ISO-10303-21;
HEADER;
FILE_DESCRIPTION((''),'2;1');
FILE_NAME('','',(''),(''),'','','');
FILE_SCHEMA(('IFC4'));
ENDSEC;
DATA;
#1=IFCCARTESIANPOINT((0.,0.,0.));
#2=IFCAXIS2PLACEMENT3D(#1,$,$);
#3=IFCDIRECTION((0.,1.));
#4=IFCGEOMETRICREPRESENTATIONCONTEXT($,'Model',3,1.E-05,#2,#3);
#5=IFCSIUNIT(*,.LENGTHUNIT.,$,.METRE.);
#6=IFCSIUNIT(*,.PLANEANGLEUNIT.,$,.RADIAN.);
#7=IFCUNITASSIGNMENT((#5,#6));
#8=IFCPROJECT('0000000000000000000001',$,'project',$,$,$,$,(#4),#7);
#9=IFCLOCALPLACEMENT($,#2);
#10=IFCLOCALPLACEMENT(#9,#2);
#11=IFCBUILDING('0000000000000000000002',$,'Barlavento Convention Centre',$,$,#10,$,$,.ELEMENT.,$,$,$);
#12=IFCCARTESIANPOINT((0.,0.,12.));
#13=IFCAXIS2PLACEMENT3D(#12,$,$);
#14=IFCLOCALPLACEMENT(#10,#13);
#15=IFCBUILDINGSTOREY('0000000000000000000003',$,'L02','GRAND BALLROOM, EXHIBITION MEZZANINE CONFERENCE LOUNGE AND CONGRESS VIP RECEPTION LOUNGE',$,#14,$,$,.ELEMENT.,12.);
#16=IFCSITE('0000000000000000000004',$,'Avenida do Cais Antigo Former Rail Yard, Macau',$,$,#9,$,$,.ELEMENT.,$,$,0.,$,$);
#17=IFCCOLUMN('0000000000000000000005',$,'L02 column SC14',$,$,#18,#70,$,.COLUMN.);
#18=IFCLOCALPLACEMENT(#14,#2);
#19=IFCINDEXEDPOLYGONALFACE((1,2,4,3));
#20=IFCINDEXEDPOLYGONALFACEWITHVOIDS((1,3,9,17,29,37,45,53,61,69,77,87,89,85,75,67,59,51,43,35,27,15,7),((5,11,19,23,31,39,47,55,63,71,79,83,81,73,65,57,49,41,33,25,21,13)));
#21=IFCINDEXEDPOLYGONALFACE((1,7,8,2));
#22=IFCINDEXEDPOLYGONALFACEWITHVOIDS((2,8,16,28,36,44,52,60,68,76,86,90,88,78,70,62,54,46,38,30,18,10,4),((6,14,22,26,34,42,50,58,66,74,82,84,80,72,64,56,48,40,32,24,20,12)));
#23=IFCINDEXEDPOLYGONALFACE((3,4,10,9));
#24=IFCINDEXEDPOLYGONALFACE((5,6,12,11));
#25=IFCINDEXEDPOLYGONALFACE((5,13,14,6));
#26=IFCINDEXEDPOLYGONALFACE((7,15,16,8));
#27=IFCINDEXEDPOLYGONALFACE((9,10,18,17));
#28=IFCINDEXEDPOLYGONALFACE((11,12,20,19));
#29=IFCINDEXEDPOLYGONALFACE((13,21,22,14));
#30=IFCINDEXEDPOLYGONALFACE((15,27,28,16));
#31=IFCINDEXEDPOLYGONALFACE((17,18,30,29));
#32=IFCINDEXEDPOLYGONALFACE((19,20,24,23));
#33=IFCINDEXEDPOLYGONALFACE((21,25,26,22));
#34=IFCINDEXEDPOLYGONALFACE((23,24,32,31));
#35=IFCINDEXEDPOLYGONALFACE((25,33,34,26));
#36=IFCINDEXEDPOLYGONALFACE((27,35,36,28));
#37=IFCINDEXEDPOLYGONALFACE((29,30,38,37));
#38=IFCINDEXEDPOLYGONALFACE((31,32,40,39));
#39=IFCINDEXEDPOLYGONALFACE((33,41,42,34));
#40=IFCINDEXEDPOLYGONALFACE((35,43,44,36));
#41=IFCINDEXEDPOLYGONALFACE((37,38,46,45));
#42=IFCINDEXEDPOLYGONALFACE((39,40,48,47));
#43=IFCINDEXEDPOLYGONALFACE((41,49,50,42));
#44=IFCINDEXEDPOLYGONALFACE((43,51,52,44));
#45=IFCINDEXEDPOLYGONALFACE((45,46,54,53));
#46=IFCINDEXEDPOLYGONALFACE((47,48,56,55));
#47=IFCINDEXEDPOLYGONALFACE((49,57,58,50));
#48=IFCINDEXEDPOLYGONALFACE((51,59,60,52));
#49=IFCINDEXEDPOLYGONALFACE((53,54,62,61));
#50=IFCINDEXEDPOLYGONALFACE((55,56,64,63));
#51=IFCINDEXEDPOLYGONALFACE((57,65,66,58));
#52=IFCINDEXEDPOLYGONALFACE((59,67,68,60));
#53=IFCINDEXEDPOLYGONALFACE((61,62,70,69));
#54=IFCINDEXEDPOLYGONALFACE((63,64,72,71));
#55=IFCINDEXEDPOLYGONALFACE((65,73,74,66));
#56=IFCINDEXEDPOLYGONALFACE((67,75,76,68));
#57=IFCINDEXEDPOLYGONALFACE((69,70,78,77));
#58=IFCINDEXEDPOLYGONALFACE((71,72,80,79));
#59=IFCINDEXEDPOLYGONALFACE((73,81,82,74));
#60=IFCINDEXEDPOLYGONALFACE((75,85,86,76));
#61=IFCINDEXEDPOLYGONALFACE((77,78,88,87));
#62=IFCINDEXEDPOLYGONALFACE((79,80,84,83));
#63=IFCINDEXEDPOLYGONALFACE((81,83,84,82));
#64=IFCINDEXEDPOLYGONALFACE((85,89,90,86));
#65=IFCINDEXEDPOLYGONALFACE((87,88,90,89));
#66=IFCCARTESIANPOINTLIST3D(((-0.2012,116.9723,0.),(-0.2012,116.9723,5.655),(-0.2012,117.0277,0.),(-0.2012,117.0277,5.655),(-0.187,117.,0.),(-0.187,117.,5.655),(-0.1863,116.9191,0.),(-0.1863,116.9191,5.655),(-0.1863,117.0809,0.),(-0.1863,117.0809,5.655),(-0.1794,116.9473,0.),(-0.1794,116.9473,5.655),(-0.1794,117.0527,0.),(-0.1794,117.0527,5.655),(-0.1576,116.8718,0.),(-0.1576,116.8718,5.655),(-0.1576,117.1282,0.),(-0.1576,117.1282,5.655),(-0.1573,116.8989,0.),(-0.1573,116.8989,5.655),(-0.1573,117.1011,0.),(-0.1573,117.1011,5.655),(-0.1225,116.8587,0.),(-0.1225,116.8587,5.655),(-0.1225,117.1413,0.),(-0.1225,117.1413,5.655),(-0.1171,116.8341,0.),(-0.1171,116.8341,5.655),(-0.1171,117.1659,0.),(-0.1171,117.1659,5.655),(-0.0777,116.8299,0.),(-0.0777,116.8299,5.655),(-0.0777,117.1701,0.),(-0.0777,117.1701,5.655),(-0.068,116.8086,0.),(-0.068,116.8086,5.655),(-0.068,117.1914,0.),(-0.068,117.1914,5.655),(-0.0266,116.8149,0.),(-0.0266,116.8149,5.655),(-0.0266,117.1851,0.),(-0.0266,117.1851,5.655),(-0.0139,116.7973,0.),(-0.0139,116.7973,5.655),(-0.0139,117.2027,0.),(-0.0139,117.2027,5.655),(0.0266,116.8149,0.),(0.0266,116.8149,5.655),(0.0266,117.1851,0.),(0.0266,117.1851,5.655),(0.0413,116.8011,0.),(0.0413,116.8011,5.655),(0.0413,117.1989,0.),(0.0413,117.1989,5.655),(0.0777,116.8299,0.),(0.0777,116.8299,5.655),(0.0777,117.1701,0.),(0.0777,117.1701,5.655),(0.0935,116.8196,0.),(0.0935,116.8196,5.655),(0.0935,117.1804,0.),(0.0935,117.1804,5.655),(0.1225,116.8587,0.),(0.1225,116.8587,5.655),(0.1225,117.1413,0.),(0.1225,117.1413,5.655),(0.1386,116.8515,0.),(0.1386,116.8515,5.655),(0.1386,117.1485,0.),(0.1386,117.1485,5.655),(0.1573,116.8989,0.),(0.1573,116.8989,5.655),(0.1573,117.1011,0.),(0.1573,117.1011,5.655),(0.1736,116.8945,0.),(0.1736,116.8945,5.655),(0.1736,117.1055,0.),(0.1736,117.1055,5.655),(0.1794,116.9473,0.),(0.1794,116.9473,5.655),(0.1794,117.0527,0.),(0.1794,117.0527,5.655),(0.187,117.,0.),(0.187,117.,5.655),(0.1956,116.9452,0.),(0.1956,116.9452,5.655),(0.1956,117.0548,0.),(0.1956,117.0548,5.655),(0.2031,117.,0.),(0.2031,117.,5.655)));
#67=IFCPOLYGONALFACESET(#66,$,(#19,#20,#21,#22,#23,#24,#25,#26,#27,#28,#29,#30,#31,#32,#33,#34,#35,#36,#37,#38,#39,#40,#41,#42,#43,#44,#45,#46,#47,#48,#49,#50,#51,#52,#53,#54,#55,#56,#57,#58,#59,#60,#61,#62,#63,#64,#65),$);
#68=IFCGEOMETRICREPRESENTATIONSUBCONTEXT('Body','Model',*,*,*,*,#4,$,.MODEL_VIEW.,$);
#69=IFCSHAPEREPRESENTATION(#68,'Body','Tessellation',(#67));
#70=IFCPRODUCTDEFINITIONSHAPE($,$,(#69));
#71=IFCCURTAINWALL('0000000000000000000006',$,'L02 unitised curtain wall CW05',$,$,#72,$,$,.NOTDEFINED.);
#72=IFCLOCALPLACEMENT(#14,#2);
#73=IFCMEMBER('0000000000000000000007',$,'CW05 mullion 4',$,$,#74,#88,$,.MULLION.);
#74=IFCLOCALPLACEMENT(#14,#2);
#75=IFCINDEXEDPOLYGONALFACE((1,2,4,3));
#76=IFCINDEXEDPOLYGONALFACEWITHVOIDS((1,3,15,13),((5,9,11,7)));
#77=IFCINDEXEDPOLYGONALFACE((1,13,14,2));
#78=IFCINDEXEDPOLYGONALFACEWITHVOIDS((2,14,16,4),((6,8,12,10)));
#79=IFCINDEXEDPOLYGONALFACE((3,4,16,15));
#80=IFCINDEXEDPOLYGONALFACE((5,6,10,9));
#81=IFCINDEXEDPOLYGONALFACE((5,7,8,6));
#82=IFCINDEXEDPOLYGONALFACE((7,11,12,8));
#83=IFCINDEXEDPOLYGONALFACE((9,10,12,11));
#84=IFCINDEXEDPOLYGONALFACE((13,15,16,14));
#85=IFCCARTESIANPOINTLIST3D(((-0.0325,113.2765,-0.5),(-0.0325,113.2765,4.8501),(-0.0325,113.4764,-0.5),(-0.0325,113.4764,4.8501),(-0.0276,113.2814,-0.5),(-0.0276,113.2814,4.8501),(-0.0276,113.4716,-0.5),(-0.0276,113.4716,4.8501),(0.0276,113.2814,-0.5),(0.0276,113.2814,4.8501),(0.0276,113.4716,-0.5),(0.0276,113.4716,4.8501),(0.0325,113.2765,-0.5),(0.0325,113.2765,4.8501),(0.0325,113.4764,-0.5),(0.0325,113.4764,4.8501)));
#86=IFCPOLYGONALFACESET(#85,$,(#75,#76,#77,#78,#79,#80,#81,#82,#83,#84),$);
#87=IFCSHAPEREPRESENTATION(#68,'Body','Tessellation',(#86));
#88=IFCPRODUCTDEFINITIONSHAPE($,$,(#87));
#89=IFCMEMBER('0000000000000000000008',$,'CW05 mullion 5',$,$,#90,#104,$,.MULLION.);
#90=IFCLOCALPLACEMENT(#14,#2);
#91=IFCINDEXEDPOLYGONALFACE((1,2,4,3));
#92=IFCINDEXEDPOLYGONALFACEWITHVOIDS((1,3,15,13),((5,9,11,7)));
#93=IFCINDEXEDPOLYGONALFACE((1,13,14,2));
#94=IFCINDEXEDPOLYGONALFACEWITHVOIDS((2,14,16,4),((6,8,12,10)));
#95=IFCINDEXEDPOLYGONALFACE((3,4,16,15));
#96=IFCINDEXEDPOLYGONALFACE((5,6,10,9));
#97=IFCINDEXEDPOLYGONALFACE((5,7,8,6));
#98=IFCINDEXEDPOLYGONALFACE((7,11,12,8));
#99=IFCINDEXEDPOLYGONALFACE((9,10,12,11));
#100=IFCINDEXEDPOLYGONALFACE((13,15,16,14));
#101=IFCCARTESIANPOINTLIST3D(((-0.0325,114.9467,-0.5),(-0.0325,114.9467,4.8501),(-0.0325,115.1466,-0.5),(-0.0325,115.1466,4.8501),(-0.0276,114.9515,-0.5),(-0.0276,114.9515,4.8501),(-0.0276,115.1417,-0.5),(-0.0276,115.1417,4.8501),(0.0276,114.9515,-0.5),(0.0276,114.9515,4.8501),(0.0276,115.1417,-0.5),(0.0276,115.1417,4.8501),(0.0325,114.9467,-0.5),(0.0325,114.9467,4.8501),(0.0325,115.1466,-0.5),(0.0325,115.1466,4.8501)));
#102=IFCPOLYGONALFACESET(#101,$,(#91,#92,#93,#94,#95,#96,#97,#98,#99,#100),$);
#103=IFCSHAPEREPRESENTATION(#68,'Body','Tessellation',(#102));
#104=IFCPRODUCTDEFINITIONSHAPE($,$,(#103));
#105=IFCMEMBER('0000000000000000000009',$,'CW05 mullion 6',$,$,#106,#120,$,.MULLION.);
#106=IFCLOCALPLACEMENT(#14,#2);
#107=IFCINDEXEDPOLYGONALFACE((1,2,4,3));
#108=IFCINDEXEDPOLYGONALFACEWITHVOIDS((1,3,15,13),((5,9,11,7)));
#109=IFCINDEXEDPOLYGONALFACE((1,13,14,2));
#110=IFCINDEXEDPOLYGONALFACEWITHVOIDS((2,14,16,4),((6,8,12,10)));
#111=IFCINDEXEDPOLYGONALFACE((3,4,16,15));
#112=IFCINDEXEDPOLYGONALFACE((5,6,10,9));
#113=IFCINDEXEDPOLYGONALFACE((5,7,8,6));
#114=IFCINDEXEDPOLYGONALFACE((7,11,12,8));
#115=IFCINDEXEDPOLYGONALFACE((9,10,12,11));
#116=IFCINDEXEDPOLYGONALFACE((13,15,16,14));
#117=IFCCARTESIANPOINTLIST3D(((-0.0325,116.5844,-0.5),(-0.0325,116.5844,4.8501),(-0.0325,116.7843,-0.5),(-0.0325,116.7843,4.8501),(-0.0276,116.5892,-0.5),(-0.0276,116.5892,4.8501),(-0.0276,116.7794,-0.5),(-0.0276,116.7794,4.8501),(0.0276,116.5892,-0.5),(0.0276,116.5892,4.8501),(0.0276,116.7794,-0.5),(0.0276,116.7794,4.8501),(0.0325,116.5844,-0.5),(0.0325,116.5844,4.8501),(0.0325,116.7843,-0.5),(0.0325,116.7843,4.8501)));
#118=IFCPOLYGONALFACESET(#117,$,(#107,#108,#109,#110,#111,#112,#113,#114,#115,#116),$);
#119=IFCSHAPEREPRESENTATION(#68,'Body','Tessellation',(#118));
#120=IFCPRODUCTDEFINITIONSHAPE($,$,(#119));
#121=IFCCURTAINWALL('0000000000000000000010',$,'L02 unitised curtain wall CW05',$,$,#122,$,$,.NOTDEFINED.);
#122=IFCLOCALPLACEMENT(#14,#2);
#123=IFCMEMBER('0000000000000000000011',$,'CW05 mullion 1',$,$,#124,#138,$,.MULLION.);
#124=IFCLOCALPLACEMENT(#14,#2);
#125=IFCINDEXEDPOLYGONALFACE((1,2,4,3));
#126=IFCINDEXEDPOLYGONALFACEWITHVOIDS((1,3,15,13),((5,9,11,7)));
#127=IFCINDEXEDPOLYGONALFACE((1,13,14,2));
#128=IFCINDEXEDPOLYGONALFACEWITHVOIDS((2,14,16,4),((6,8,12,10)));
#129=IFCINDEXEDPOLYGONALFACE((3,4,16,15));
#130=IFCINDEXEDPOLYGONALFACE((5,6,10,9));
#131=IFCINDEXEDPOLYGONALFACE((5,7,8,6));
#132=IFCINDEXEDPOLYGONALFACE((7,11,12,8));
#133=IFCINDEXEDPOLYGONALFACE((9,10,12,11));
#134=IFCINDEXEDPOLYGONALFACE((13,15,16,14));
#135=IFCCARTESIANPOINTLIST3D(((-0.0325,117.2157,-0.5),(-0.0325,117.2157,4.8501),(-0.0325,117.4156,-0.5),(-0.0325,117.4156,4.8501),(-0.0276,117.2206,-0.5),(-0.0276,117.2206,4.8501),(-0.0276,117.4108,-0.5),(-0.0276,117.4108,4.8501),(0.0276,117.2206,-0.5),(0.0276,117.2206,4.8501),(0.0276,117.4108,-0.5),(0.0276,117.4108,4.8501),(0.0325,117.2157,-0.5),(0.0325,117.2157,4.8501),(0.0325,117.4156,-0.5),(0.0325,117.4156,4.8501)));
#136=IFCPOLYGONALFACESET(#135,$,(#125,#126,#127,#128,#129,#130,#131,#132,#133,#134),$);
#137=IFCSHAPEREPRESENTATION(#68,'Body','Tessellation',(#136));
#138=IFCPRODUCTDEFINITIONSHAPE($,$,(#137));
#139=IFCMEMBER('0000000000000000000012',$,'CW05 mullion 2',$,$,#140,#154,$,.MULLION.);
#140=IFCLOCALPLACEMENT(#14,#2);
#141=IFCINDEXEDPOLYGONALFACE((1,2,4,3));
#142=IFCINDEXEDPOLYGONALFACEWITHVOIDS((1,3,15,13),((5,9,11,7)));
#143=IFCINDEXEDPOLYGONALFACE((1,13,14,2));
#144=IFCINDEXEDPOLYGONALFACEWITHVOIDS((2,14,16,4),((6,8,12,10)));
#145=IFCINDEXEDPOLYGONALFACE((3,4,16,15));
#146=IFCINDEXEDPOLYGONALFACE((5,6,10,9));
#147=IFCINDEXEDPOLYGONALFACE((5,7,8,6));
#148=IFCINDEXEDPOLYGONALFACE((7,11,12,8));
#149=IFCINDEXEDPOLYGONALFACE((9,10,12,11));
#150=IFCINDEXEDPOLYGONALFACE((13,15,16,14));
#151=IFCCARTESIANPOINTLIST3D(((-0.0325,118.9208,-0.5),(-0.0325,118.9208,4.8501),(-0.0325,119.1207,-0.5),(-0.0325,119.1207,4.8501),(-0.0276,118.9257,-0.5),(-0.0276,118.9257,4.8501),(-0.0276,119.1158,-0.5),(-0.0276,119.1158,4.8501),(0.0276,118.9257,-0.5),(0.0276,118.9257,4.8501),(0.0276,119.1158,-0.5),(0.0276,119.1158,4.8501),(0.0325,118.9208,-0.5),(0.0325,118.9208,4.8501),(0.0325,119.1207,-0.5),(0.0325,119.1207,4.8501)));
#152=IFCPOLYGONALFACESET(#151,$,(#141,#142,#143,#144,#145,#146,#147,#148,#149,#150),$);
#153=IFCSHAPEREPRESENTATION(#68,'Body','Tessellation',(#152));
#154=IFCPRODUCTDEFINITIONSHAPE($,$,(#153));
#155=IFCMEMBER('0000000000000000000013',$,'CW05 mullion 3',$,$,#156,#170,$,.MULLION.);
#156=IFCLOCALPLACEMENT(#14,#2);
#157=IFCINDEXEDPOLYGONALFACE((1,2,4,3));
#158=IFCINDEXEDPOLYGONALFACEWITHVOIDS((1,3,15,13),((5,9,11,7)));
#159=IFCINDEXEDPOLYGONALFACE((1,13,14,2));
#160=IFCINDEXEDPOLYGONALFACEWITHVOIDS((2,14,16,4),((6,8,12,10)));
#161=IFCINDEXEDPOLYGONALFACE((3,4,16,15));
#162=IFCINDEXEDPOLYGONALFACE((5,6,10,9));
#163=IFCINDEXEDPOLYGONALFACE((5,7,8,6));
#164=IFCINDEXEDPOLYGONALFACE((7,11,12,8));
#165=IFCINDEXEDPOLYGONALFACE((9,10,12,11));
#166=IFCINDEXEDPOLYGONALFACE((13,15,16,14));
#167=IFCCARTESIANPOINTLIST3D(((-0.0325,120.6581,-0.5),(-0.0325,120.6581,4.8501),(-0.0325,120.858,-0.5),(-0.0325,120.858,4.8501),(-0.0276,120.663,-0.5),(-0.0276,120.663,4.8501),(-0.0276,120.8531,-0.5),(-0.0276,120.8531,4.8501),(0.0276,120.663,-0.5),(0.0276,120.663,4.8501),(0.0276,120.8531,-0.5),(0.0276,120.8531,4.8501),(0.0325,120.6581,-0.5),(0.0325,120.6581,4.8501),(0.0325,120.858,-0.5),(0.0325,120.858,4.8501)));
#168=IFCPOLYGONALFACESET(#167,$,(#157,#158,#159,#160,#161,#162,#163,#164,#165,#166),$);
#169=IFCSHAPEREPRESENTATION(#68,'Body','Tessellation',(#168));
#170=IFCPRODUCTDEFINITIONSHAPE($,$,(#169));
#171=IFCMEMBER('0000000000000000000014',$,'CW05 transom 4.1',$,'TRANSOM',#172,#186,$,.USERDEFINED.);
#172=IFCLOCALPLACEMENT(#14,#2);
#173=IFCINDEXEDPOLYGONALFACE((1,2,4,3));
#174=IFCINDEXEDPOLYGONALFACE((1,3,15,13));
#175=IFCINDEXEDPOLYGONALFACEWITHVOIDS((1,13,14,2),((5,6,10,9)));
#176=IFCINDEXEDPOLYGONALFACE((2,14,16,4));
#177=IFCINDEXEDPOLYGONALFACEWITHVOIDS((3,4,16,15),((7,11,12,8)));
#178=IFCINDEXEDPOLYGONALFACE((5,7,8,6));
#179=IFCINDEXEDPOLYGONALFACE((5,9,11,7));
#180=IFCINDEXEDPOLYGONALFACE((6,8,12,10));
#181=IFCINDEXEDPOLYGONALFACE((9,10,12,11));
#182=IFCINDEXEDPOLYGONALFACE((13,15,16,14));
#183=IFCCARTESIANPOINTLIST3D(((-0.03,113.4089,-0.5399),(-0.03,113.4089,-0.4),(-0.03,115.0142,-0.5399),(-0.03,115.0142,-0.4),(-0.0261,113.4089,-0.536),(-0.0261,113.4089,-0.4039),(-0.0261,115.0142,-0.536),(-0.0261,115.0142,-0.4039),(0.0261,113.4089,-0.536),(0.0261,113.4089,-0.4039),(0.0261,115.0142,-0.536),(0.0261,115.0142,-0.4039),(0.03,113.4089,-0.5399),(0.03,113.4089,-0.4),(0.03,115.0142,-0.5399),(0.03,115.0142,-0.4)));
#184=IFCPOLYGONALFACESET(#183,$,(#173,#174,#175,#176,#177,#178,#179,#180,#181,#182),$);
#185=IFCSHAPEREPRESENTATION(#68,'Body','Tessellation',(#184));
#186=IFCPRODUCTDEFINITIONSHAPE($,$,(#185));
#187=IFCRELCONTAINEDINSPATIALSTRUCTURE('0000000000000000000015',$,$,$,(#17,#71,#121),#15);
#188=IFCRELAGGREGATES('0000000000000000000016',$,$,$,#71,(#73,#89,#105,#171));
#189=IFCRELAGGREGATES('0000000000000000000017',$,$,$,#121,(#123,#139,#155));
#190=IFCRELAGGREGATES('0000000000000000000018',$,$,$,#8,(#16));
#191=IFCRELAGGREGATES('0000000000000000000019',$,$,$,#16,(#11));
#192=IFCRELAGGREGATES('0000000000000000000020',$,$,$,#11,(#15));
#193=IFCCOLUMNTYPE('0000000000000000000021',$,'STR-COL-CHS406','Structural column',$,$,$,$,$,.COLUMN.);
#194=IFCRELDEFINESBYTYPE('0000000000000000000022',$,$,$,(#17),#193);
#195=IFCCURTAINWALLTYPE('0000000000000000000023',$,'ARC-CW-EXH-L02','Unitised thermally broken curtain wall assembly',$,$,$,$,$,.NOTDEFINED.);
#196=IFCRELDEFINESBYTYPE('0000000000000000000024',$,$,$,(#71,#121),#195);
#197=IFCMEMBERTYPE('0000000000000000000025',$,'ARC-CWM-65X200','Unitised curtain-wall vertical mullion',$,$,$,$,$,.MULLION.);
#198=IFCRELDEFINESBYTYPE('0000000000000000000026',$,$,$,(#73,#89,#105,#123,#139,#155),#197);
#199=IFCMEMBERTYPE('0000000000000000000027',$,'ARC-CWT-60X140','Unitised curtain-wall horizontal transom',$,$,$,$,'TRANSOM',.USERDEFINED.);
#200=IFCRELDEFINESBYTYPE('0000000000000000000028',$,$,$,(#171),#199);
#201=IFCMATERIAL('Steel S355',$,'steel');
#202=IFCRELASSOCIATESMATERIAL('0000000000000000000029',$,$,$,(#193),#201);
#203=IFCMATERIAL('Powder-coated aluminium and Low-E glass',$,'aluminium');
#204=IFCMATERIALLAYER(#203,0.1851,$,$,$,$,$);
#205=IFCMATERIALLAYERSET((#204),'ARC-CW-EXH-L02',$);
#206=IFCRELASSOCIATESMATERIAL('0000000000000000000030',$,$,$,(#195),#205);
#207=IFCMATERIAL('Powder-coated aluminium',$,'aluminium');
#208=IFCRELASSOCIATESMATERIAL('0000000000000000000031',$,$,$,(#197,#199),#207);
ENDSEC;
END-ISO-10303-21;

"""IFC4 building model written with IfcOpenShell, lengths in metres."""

from ifc_helpers import new_model, si_unit, direction, frame, origin, origin_2d, place, context, subcontext, project, spatial, hollow_rectangle, hollow_circle, extrude, material, layer, layer_set, material_profile, profile_set, type_object, element, aggregate, save


model = new_model("IFC4")

# Units and contexts
model_context = context("Model", 3, precision=1e-05, world=origin(), true_north=direction((0.0, 1.0)))
body_context = subcontext(model_context, "Body", "Model", "MODEL_VIEW")
ifc_project = project(units=[si_unit("LENGTHUNIT", "METRE"), si_unit("PLANEANGLEUNIT", "RADIAN")], contexts=[model_context])

# Site, building, storey
site_placement = place(None, origin())
site = spatial("IfcSite", under=ifc_project, at=site_placement, Name="Avenida do Cais Antigo Former Rail Yard, Macau", CompositionType="ELEMENT", RefElevation=0.0)
building_placement = place(site_placement, origin())
building = spatial("IfcBuilding", under=site, at=building_placement, Name="Barlavento Convention Centre", CompositionType="ELEMENT")
storey_placement = place(building_placement, frame((0.0, 0.0, 12.0)))
storey = spatial("IfcBuildingStorey", under=building, at=storey_placement, Name="L02", Description="GRAND BALLROOM, EXHIBITION MEZZANINE CONFERENCE LOUNGE AND CONGRESS VIP RECEPTION LOUNGE", CompositionType="ELEMENT", Elevation=12.0)

# Column
ifc_material_1 = material(Name="Steel S355", Category="steel")
ifc_material_profile_1 = material_profile(ifc_material_1, hollow_circle(Radius=0.2031, WallThickness=0.0161, at=origin_2d()), Name="CHS 406.4x16.0")
ifc_profile_set_1 = profile_set([ifc_material_profile_1], Name="Steel S355")
column_type = type_object("IfcColumnType", Name="STR-COL-CHS406", Description="Structural column", PredefinedType="COLUMN", material=ifc_profile_set_1)
column_placement = place(storey_placement, frame((0.0, 117.0, 0.0), z_axis=(0.0, 0.0, 1.0), x_axis=(1.0, 0.0, 0.0)))
element("IfcColumn", 1, at=column_placement, inside=storey, type_object=column_type, Name="L02 column SC14", PredefinedType="COLUMN", context=body_context, shape_type="SweptSolid", body=[
    extrude(hollow_circle(Radius=0.2031, WallThickness=0.0161, at=origin_2d()), origin(), (0.0, 0.0, 1.0), 5.655),
])

# Curtain walls, members
ifc_material_2 = material(Name="Powder-coated aluminium and Low-E glass", Category="aluminium")
ifc_layer_1 = layer(ifc_material_2, 0.1851)
ifc_layer_set_1 = layer_set([ifc_layer_1], Name="ARC-CW-EXH-L02")
curtain_wall_type = type_object("IfcCurtainWallType", Name="ARC-CW-EXH-L02", Description="Unitised thermally broken curtain wall assembly", PredefinedType="NOTDEFINED", material=ifc_layer_set_1)
curtain_wall_1_placement = place(storey_placement, origin())
curtain_wall_1 = element("IfcCurtainWall", 2, at=curtain_wall_1_placement, inside=storey, type_object=curtain_wall_type, Name="L02 unitised curtain wall CW05", PredefinedType="NOTDEFINED")
ifc_material_3 = material(Name="Powder-coated aluminium", Category="aluminium")
ifc_material_profile_2 = material_profile(ifc_material_3, hollow_rectangle(XDim=0.0649, YDim=0.2, WallThickness=0.0049, at=origin_2d()), Name="AL-MULL 65x200x5")
ifc_profile_set_2 = profile_set([ifc_material_profile_2], Name="Powder-coated aluminium")
member_type_1 = type_object("IfcMemberType", Name="ARC-CWM-65X200", Description="Unitised curtain-wall vertical mullion", PredefinedType="MULLION", material=ifc_profile_set_2)
member_1_placement = place(storey_placement, frame((0.0, 113.3765, -0.5), z_axis=(0.0, 0.0, 1.0), x_axis=(-1.0, 0.0, 0.0)))
member_1 = element("IfcMember", 3, at=member_1_placement, type_object=member_type_1, Name="CW05 mullion 4", PredefinedType="MULLION", context=body_context, shape_type="SweptSolid", body=[
    extrude(hollow_rectangle(XDim=0.0649, YDim=0.2, WallThickness=0.0049, at=origin_2d()), origin(), (0.0, 0.0, 1.0), 5.3501),
])
member_2_placement = place(storey_placement, frame((0.0, 115.0466, -0.5), z_axis=(0.0, 0.0, 1.0), x_axis=(-1.0, 0.0, 0.0)))
member_2 = element("IfcMember", 4, at=member_2_placement, type_object=member_type_1, Name="CW05 mullion 5", PredefinedType="MULLION", context=body_context, shape_type="SweptSolid", body=[
    extrude(hollow_rectangle(XDim=0.0649, YDim=0.2, WallThickness=0.0049, at=origin_2d()), origin(), (0.0, 0.0, 1.0), 5.3501),
])
member_3_placement = place(storey_placement, frame((0.0, 116.6843, -0.5), z_axis=(0.0, 0.0, 1.0), x_axis=(-1.0, 0.0, 0.0)))
member_3 = element("IfcMember", 5, at=member_3_placement, type_object=member_type_1, Name="CW05 mullion 6", PredefinedType="MULLION", context=body_context, shape_type="SweptSolid", body=[
    extrude(hollow_rectangle(XDim=0.0649, YDim=0.2, WallThickness=0.0049, at=origin_2d()), origin(), (0.0, 0.0, 1.0), 5.3501),
])
curtain_wall_2_placement = place(storey_placement, origin())
curtain_wall_2 = element("IfcCurtainWall", 6, at=curtain_wall_2_placement, inside=storey, type_object=curtain_wall_type, Name="L02 unitised curtain wall CW05", PredefinedType="NOTDEFINED")
member_4_placement = place(storey_placement, frame((0.0, 117.3157, -0.5), z_axis=(0.0, 0.0, 1.0), x_axis=(-1.0, 0.0, 0.0)))
member_4 = element("IfcMember", 7, at=member_4_placement, type_object=member_type_1, Name="CW05 mullion 1", PredefinedType="MULLION", context=body_context, shape_type="SweptSolid", body=[
    extrude(hollow_rectangle(XDim=0.0649, YDim=0.2, WallThickness=0.0049, at=origin_2d()), origin(), (0.0, 0.0, 1.0), 5.3501),
])
member_5_placement = place(storey_placement, frame((0.0, 119.0208, -0.5), z_axis=(0.0, 0.0, 1.0), x_axis=(-1.0, 0.0, 0.0)))
member_5 = element("IfcMember", 8, at=member_5_placement, type_object=member_type_1, Name="CW05 mullion 2", PredefinedType="MULLION", context=body_context, shape_type="SweptSolid", body=[
    extrude(hollow_rectangle(XDim=0.0649, YDim=0.2, WallThickness=0.0049, at=origin_2d()), origin(), (0.0, 0.0, 1.0), 5.3501),
])
member_6_placement = place(storey_placement, frame((0.0, 120.7581, -0.5), z_axis=(0.0, 0.0, 1.0), x_axis=(-1.0, 0.0, 0.0)))
member_6 = element("IfcMember", 9, at=member_6_placement, type_object=member_type_1, Name="CW05 mullion 3", PredefinedType="MULLION", context=body_context, shape_type="SweptSolid", body=[
    extrude(hollow_rectangle(XDim=0.0649, YDim=0.2, WallThickness=0.0049, at=origin_2d()), origin(), (0.0, 0.0, 1.0), 5.3501),
])

# Member
ifc_material_profile_3 = material_profile(ifc_material_3, hollow_rectangle(XDim=0.0601, YDim=0.1399, WallThickness=0.0039, at=origin_2d()), Name="AL-TRAN 60x140x4")
ifc_profile_set_3 = profile_set([ifc_material_profile_3], Name="Powder-coated aluminium")
member_type_2 = type_object("IfcMemberType", Name="ARC-CWT-60X140", Description="Unitised curtain-wall horizontal transom", ElementType="TRANSOM", PredefinedType="USERDEFINED", material=ifc_profile_set_3)
member_7_placement = place(storey_placement, frame((0.0, 113.4089, -0.47), z_axis=(0.0, 1.0, 0.0), x_axis=(-1.0, 0.0, 0.0)))
member_7 = element("IfcMember", 10, at=member_7_placement, type_object=member_type_2, Name="CW05 transom 4.1", ObjectType="TRANSOM", PredefinedType="USERDEFINED", context=body_context, shape_type="SweptSolid", body=[
    extrude(hollow_rectangle(XDim=0.0601, YDim=0.1399, WallThickness=0.0039, at=origin_2d()), origin(), (0.0, 0.0, 1.0), 1.6052),
])

aggregate(curtain_wall_1, [member_1, member_2, member_3, member_7])
aggregate(curtain_wall_2, [member_4, member_5, member_6])

save(model, "model.ifc")
